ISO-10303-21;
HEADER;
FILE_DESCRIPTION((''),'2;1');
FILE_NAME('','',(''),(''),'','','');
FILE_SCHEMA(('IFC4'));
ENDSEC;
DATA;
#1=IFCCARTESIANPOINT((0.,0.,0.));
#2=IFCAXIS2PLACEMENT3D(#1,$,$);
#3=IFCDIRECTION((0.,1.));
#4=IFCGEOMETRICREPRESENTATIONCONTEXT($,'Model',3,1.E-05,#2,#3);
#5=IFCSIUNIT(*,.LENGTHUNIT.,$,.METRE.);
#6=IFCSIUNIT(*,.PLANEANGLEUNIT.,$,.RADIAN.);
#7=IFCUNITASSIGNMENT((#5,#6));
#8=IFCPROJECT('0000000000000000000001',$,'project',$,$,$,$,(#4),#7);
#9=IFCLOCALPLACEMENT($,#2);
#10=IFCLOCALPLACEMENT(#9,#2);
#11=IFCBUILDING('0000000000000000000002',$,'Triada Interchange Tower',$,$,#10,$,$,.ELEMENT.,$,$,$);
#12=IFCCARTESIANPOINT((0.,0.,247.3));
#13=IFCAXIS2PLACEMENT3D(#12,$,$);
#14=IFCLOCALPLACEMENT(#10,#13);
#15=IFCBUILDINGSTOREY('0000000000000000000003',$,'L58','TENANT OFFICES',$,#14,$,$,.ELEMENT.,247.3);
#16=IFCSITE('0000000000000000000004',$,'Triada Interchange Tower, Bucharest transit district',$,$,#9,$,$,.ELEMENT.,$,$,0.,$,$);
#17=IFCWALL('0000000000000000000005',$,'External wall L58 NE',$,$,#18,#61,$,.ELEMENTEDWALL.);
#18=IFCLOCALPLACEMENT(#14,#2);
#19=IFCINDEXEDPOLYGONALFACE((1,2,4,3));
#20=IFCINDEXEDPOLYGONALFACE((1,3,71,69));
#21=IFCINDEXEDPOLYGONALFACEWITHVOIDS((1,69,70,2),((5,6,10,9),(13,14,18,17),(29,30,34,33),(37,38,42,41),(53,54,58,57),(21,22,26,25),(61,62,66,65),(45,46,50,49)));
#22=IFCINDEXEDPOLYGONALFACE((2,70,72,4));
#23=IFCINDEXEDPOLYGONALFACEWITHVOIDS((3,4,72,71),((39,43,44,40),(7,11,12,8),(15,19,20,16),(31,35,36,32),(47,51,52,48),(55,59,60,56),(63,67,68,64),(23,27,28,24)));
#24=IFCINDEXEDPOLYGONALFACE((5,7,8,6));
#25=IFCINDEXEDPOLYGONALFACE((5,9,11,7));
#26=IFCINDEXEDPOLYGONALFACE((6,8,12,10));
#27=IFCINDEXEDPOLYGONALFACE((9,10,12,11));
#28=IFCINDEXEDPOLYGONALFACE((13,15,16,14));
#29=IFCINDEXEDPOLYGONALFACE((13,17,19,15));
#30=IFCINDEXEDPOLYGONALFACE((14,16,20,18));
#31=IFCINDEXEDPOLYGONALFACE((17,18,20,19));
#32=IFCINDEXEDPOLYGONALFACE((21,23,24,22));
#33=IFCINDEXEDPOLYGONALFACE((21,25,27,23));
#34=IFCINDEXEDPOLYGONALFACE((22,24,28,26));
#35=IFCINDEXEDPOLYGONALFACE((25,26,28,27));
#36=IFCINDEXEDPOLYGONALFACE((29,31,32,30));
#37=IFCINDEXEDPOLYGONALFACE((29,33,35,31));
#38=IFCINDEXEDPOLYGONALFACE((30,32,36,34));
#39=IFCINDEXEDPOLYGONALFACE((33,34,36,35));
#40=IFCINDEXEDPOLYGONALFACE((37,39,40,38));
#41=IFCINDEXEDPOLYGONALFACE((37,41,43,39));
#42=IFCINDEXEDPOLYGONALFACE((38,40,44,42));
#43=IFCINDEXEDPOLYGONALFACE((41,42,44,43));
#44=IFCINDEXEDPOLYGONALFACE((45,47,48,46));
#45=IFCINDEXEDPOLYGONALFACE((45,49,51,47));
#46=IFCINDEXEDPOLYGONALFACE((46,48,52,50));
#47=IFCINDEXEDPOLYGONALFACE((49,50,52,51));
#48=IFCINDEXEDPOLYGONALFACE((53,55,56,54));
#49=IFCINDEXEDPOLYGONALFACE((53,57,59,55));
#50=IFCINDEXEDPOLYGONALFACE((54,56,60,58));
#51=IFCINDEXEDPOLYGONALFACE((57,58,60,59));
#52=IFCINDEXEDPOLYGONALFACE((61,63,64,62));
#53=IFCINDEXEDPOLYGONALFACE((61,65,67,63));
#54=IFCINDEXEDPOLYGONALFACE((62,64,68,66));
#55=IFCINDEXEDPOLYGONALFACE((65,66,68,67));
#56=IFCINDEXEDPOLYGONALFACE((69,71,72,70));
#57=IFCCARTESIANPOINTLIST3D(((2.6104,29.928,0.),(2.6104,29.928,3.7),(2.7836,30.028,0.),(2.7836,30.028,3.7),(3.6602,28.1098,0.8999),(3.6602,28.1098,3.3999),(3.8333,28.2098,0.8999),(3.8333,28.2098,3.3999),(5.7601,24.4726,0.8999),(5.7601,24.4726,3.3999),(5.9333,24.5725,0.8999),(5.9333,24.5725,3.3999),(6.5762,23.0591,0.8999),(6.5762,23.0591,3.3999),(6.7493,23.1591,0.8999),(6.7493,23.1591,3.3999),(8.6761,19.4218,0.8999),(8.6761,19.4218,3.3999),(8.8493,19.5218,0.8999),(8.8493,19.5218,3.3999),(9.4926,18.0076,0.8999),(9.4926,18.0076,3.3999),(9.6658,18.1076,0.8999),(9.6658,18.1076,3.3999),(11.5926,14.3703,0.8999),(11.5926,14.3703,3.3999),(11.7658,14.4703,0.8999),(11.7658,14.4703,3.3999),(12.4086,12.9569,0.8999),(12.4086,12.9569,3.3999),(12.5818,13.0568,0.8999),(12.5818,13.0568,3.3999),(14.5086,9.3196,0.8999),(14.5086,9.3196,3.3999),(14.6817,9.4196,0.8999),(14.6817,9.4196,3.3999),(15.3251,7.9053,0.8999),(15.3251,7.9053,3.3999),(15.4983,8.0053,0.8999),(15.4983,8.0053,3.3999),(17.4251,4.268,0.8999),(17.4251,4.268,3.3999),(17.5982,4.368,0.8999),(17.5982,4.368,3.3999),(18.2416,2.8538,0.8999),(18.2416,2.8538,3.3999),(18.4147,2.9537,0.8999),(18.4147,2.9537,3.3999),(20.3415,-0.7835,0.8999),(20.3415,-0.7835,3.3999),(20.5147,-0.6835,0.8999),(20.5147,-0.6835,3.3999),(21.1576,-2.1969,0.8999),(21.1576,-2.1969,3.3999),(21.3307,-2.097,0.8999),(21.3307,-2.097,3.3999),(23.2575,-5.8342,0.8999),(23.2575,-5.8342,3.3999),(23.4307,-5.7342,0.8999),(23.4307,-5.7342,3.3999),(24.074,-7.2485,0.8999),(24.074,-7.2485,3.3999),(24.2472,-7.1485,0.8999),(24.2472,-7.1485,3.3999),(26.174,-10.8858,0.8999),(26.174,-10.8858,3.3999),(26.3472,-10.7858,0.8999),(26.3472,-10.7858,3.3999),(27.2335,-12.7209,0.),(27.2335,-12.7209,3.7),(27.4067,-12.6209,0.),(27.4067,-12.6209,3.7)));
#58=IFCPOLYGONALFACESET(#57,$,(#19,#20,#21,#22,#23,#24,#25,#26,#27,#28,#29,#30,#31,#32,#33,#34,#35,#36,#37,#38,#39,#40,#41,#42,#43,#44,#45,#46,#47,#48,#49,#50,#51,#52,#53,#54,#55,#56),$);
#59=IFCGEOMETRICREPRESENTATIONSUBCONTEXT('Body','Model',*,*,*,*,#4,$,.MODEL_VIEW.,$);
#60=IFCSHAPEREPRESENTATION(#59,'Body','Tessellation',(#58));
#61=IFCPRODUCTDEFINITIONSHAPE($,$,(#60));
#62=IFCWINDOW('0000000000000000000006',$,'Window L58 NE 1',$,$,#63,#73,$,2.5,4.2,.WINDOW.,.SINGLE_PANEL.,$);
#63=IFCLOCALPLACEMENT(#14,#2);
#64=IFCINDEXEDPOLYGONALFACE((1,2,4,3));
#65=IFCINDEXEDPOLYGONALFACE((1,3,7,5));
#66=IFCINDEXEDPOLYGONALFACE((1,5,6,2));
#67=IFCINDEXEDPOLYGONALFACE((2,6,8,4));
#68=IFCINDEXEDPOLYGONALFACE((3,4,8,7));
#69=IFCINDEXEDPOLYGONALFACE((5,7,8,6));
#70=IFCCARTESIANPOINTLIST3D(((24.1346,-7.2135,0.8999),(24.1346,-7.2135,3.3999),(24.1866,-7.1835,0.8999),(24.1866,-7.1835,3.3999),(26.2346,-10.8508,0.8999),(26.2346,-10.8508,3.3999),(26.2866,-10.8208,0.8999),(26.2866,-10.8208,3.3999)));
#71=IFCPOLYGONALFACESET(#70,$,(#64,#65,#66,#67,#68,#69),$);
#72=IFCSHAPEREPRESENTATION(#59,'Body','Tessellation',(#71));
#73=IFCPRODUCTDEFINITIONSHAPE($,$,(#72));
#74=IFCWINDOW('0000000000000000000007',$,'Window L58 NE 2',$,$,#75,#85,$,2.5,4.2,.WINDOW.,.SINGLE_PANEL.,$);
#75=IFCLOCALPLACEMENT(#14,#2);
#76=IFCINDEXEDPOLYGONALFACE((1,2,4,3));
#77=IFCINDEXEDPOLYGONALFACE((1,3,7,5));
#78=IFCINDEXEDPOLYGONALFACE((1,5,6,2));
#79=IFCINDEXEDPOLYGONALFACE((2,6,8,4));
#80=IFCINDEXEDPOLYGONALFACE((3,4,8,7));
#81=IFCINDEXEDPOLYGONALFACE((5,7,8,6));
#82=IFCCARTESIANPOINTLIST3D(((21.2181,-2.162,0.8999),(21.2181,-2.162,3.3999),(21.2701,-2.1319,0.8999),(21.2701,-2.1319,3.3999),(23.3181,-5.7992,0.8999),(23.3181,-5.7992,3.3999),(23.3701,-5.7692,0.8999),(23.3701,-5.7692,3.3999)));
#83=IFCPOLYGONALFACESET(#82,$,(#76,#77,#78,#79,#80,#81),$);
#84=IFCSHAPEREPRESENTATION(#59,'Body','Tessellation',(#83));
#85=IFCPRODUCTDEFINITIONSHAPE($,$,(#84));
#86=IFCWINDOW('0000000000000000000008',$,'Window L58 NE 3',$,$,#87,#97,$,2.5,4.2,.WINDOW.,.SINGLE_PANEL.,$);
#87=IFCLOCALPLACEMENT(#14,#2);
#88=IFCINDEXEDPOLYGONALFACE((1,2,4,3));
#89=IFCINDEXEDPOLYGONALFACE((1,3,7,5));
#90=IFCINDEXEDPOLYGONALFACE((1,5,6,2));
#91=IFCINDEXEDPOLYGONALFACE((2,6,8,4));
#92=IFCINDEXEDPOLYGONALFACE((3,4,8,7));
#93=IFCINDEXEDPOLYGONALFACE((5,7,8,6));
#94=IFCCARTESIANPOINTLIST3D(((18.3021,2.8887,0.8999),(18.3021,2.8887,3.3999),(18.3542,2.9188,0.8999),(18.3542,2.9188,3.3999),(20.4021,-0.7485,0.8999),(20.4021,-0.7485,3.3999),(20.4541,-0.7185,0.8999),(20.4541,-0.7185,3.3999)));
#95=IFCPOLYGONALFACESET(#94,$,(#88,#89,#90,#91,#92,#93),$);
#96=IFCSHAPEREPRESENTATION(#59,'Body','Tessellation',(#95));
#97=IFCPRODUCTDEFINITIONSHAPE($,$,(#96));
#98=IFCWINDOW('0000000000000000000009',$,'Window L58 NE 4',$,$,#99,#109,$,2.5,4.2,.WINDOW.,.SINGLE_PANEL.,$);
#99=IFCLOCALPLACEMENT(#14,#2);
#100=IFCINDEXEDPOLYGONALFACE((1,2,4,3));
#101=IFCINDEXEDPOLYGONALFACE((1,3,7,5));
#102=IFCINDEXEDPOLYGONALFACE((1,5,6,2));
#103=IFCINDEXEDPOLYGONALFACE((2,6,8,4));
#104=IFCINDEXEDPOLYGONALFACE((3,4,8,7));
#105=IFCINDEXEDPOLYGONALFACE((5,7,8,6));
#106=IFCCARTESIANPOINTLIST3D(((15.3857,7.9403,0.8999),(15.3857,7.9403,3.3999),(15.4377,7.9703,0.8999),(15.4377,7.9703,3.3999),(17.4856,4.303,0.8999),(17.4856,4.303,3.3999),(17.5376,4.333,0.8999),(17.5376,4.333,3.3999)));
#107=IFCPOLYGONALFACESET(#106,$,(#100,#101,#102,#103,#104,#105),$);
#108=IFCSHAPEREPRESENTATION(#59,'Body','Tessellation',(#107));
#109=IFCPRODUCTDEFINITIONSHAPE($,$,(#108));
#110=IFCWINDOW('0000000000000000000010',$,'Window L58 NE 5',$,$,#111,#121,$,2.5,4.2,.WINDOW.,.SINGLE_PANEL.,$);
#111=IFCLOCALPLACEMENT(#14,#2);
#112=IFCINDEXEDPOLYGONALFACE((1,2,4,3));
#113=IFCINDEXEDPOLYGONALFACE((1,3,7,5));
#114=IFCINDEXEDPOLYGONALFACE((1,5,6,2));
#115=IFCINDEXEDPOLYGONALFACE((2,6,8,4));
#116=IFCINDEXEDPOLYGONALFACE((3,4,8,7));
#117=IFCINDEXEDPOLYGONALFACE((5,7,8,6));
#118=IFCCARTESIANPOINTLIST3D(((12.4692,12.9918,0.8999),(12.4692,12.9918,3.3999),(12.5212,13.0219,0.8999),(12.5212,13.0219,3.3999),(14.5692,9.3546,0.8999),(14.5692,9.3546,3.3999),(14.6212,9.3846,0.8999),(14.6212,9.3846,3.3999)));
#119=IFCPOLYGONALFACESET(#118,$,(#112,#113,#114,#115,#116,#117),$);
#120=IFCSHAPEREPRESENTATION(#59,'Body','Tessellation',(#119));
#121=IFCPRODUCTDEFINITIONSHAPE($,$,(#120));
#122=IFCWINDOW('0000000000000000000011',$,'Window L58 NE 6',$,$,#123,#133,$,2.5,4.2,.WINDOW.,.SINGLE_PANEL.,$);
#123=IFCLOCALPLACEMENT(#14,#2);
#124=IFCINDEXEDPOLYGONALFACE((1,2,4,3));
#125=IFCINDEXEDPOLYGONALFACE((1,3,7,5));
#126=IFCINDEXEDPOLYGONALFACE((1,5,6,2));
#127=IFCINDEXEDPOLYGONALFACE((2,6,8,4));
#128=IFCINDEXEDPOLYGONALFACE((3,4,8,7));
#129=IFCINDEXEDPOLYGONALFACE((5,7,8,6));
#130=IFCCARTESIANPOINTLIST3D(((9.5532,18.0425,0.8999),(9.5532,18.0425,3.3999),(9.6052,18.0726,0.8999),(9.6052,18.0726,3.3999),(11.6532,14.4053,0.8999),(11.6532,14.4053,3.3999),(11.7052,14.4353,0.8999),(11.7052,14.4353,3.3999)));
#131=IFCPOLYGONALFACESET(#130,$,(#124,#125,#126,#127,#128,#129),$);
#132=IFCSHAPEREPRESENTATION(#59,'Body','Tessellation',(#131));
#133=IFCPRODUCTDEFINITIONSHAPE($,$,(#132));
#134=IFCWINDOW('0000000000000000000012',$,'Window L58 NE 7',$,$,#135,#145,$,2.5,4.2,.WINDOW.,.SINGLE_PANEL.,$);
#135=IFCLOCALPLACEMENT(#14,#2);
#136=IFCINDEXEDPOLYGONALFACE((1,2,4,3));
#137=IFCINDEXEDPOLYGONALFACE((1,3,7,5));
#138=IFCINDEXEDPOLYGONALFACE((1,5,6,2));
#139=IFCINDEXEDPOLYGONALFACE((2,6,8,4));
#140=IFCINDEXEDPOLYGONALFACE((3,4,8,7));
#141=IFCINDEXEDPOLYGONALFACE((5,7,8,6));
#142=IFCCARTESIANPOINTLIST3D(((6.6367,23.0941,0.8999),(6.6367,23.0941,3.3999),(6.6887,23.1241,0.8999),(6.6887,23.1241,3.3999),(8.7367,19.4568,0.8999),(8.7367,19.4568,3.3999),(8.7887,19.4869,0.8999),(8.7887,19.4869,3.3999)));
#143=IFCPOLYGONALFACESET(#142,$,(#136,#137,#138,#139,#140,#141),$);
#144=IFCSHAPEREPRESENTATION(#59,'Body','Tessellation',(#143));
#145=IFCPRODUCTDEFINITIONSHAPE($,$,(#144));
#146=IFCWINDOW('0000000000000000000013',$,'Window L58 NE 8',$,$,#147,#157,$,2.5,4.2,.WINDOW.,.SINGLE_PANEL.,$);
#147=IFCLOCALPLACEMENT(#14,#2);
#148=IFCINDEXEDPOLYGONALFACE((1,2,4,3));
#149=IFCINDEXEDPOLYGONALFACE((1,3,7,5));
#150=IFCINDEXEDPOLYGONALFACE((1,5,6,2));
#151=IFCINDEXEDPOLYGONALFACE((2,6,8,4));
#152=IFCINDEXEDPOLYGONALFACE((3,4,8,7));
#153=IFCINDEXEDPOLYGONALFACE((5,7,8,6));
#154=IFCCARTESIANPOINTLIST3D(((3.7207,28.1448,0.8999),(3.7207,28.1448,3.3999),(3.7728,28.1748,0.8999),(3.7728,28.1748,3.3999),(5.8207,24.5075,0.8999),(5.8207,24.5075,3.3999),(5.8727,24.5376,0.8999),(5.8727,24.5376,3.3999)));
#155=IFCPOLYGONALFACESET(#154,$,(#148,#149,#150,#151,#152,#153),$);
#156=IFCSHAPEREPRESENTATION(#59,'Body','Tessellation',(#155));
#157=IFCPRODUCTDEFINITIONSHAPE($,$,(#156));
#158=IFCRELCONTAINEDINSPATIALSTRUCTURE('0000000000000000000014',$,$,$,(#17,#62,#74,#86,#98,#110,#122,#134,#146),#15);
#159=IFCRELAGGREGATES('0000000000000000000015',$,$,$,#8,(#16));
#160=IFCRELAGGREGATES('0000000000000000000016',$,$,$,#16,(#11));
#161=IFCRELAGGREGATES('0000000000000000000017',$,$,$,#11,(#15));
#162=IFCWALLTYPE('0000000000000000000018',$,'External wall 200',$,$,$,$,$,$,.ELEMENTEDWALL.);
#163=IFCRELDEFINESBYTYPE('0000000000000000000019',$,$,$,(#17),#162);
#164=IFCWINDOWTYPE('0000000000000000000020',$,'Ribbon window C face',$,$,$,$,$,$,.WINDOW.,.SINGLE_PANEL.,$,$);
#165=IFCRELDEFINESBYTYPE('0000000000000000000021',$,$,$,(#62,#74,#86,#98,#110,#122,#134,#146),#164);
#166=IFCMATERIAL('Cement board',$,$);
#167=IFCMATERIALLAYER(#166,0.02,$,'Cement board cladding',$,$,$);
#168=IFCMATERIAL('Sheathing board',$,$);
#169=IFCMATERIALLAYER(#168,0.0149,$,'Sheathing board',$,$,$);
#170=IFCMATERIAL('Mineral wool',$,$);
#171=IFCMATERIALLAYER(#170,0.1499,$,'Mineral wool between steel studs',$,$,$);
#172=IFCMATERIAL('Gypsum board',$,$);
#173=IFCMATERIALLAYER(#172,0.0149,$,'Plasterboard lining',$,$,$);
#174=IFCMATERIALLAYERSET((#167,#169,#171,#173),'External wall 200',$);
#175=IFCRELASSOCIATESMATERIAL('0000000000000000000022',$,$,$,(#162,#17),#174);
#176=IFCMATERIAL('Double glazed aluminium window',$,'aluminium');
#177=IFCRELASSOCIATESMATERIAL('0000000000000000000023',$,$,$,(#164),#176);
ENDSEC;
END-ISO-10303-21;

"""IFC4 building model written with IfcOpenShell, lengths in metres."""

from ifc_helpers import new_model, si_unit, direction, frame, frame_2d, origin, place, context, subcontext, project, spatial, rectangle, extrude, material, layer, layer_set, layer_usage, type_object, element, fill, save


model = new_model("IFC4")

# Units and contexts
model_context = context("Model", 3, precision=1e-05, world=origin(), true_north=direction((0.0, 1.0)))
body_context = subcontext(model_context, "Body", "Model", "MODEL_VIEW")
ifc_project = project(units=[si_unit("LENGTHUNIT", "METRE"), si_unit("PLANEANGLEUNIT", "RADIAN")], contexts=[model_context])

# Site, building, storey
site_placement = place(None, origin())
site = spatial("IfcSite", under=ifc_project, at=site_placement, Name="Triada Interchange Tower, Bucharest transit district", CompositionType="ELEMENT", RefElevation=0.0)
building_placement = place(site_placement, origin())
building = spatial("IfcBuilding", under=site, at=building_placement, Name="Triada Interchange Tower", CompositionType="ELEMENT")
storey_placement = place(building_placement, frame((0.0, 0.0, 247.3)))
storey = spatial("IfcBuildingStorey", under=building, at=storey_placement, Name="L58", Description="TENANT OFFICES", CompositionType="ELEMENT", Elevation=247.3)

# Shared definitions
ifc_material_1 = material(Name="Cement board")
ifc_layer_1 = layer(ifc_material_1, 0.02, Name="Cement board cladding")
ifc_material_2 = material(Name="Sheathing board")
ifc_layer_2 = layer(ifc_material_2, 0.0149, Name="Sheathing board")
ifc_material_3 = material(Name="Mineral wool")
ifc_layer_3 = layer(ifc_material_3, 0.1499, Name="Mineral wool between steel studs")
ifc_material_4 = material(Name="Gypsum board")
ifc_layer_4 = layer(ifc_material_4, 0.0149, Name="Plasterboard lining")
ifc_layer_set_1 = layer_set([ifc_layer_1, ifc_layer_2, ifc_layer_3, ifc_layer_4], Name="External wall 200")
ifc_layer_usage = layer_usage(ifc_layer_set_1, "AXIS2", "POSITIVE", -0.1001)
wall_type_1 = type_object("IfcWallType", Name="External wall 200", PredefinedType="ELEMENTEDWALL", material=ifc_layer_set_1)
ifc_material_5 = material(Name="Double glazed aluminium window", Category="aluminium")

# Wall, openings, windows
wall_1_placement = place(storey_placement, frame((27.3201, -12.6709, 0.0), z_axis=(0.0, 0.0, 1.0), x_axis=(-0.499995, 0.866028, 0.0)))
wall_1 = element("IfcWall", 1, at=wall_1_placement, inside=storey, type_object=wall_type_1, material=ifc_layer_usage, Name="External wall L58 NE", PredefinedType="ELEMENTEDWALL", context=body_context, shape_type="SweptSolid", body=[
    extrude(rectangle(XDim=49.2466, YDim=0.2, at=frame_2d((24.6233, 0.0))), origin(), (0.0, 0.0, 1.0), 3.7),
])
opening_1_placement = place(wall_1_placement, frame((2.1189, 0.0, 0.8999)))
opening_1 = element("IfcOpeningElement", 2, at=opening_1_placement, cuts=wall_1, PredefinedType="OPENING", context=body_context, shape_type="SweptSolid", body=[
    extrude(rectangle(XDim=4.2, YDim=2.5, at=frame_2d((2.1001, 1.25))), frame((0.0, 0.1099, 0.0), z_axis=(0.0, -1.0, 0.0), x_axis=(1.0, 0.0, 0.0)), (0.0, 0.0, 1.0), 0.22),
])
opening_2_placement = place(wall_1_placement, frame((7.9519, 0.0, 0.8999)))
opening_2 = element("IfcOpeningElement", 3, at=opening_2_placement, cuts=wall_1, PredefinedType="OPENING", context=body_context, shape_type="SweptSolid", body=[
    extrude(rectangle(XDim=4.2, YDim=2.5, at=frame_2d((2.1001, 1.25))), frame((0.0, 0.1099, 0.0), z_axis=(0.0, -1.0, 0.0), x_axis=(1.0, 0.0, 0.0)), (0.0, 0.0, 1.0), 0.22),
])
opening_3_placement = place(wall_1_placement, frame((13.7839, 0.0, 0.8999)))
opening_3 = element("IfcOpeningElement", 4, at=opening_3_placement, cuts=wall_1, PredefinedType="OPENING", context=body_context, shape_type="SweptSolid", body=[
    extrude(rectangle(XDim=4.2, YDim=2.5, at=frame_2d((2.1001, 1.25))), frame((0.0, 0.1099, 0.0), z_axis=(0.0, -1.0, 0.0), x_axis=(1.0, 0.0, 0.0)), (0.0, 0.0, 1.0), 0.22),
])
opening_4_placement = place(wall_1_placement, frame((19.6169, 0.0, 0.8999)))
opening_4 = element("IfcOpeningElement", 5, at=opening_4_placement, cuts=wall_1, PredefinedType="OPENING", context=body_context, shape_type="SweptSolid", body=[
    extrude(rectangle(XDim=4.2, YDim=2.5, at=frame_2d((2.1001, 1.25))), frame((0.0, 0.1099, 0.0), z_axis=(0.0, -1.0, 0.0), x_axis=(1.0, 0.0, 0.0)), (0.0, 0.0, 1.0), 0.22),
])
opening_5_placement = place(wall_1_placement, frame((25.45, 0.0, 0.8999)))
opening_5 = element("IfcOpeningElement", 6, at=opening_5_placement, cuts=wall_1, PredefinedType="OPENING", context=body_context, shape_type="SweptSolid", body=[
    extrude(rectangle(XDim=4.2, YDim=2.5, at=frame_2d((2.1001, 1.25))), frame((0.0, 0.1099, 0.0), z_axis=(0.0, -1.0, 0.0), x_axis=(1.0, 0.0, 0.0)), (0.0, 0.0, 1.0), 0.22),
])
opening_6_placement = place(wall_1_placement, frame((31.282, 0.0, 0.8999)))
opening_6 = element("IfcOpeningElement", 7, at=opening_6_placement, cuts=wall_1, PredefinedType="OPENING", context=body_context, shape_type="SweptSolid", body=[
    extrude(rectangle(XDim=4.2, YDim=2.5, at=frame_2d((2.1001, 1.25))), frame((0.0, 0.1099, 0.0), z_axis=(0.0, -1.0, 0.0), x_axis=(1.0, 0.0, 0.0)), (0.0, 0.0, 1.0), 0.22),
])
opening_7_placement = place(wall_1_placement, frame((37.115, 0.0, 0.8999)))
opening_7 = element("IfcOpeningElement", 8, at=opening_7_placement, cuts=wall_1, PredefinedType="OPENING", context=body_context, shape_type="SweptSolid", body=[
    extrude(rectangle(XDim=4.2, YDim=2.5, at=frame_2d((2.1001, 1.25))), frame((0.0, 0.1099, 0.0), z_axis=(0.0, -1.0, 0.0), x_axis=(1.0, 0.0, 0.0)), (0.0, 0.0, 1.0), 0.22),
])
opening_8_placement = place(wall_1_placement, frame((42.947, 0.0, 0.8999)))
opening_8 = element("IfcOpeningElement", 9, at=opening_8_placement, cuts=wall_1, PredefinedType="OPENING", context=body_context, shape_type="SweptSolid", body=[
    extrude(rectangle(XDim=4.2, YDim=2.5, at=frame_2d((2.1001, 1.25))), frame((0.0, 0.1099, 0.0), z_axis=(0.0, -1.0, 0.0), x_axis=(1.0, 0.0, 0.0)), (0.0, 0.0, 1.0), 0.22),
])
window_type_1 = type_object("IfcWindowType", Name="Ribbon window C face", PartitioningType="SINGLE_PANEL", PredefinedType="WINDOW", material=ifc_material_5)
window_1_placement = place(opening_1_placement, origin())
window_1 = element("IfcWindow", 10, at=window_1_placement, inside=storey, type_object=window_type_1, Name="Window L58 NE 1", OverallHeight=2.5, OverallWidth=4.2, PartitioningType="SINGLE_PANEL", PredefinedType="WINDOW", context=body_context, shape_type="SweptSolid", body=[
    extrude(rectangle(XDim=4.2, YDim=2.5, at=frame_2d((2.1001, 1.25))), frame((0.0, 0.03, 0.0), z_axis=(0.0, -1.0, 0.0), x_axis=(1.0, 0.0, 0.0)), (0.0, 0.0, 1.0), 0.0601),
])
fill(opening_1, window_1)
window_2_placement = place(opening_2_placement, origin())
window_2 = element("IfcWindow", 11, at=window_2_placement, inside=storey, type_object=window_type_1, Name="Window L58 NE 2", OverallHeight=2.5, OverallWidth=4.2, PartitioningType="SINGLE_PANEL", PredefinedType="WINDOW", context=body_context, shape_type="SweptSolid", body=[
    extrude(rectangle(XDim=4.2, YDim=2.5, at=frame_2d((2.1001, 1.25))), frame((0.0, 0.03, 0.0), z_axis=(0.0, -1.0, 0.0), x_axis=(1.0, 0.0, 0.0)), (0.0, 0.0, 1.0), 0.0601),
])
fill(opening_2, window_2)
window_3_placement = place(opening_3_placement, origin())
window_3 = element("IfcWindow", 12, at=window_3_placement, inside=storey, type_object=window_type_1, Name="Window L58 NE 3", OverallHeight=2.5, OverallWidth=4.2, PartitioningType="SINGLE_PANEL", PredefinedType="WINDOW", context=body_context, shape_type="SweptSolid", body=[
    extrude(rectangle(XDim=4.2, YDim=2.5, at=frame_2d((2.1001, 1.25))), frame((0.0, 0.03, 0.0), z_axis=(0.0, -1.0, 0.0), x_axis=(1.0, 0.0, 0.0)), (0.0, 0.0, 1.0), 0.0601),
])
fill(opening_3, window_3)
window_4_placement = place(opening_4_placement, origin())
window_4 = element("IfcWindow", 13, at=window_4_placement, inside=storey, type_object=window_type_1, Name="Window L58 NE 4", OverallHeight=2.5, OverallWidth=4.2, PartitioningType="SINGLE_PANEL", PredefinedType="WINDOW", context=body_context, shape_type="SweptSolid", body=[
    extrude(rectangle(XDim=4.2, YDim=2.5, at=frame_2d((2.1001, 1.25))), frame((0.0, 0.03, 0.0), z_axis=(0.0, -1.0, 0.0), x_axis=(1.0, 0.0, 0.0)), (0.0, 0.0, 1.0), 0.0601),
])
fill(opening_4, window_4)
window_5_placement = place(opening_5_placement, origin())
window_5 = element("IfcWindow", 14, at=window_5_placement, inside=storey, type_object=window_type_1, Name="Window L58 NE 5", OverallHeight=2.5, OverallWidth=4.2, PartitioningType="SINGLE_PANEL", PredefinedType="WINDOW", context=body_context, shape_type="SweptSolid", body=[
    extrude(rectangle(XDim=4.2, YDim=2.5, at=frame_2d((2.1001, 1.25))), frame((0.0, 0.03, 0.0), z_axis=(0.0, -1.0, 0.0), x_axis=(1.0, 0.0, 0.0)), (0.0, 0.0, 1.0), 0.0601),
])
fill(opening_5, window_5)
window_6_placement = place(opening_6_placement, origin())
window_6 = element("IfcWindow", 15, at=window_6_placement, inside=storey, type_object=window_type_1, Name="Window L58 NE 6", OverallHeight=2.5, OverallWidth=4.2, PartitioningType="SINGLE_PANEL", PredefinedType="WINDOW", context=body_context, shape_type="SweptSolid", body=[
    extrude(rectangle(XDim=4.2, YDim=2.5, at=frame_2d((2.1001, 1.25))), frame((0.0, 0.03, 0.0), z_axis=(0.0, -1.0, 0.0), x_axis=(1.0, 0.0, 0.0)), (0.0, 0.0, 1.0), 0.0601),
])
fill(opening_6, window_6)
window_7_placement = place(opening_7_placement, origin())
window_7 = element("IfcWindow", 16, at=window_7_placement, inside=storey, type_object=window_type_1, Name="Window L58 NE 7", OverallHeight=2.5, OverallWidth=4.2, PartitioningType="SINGLE_PANEL", PredefinedType="WINDOW", context=body_context, shape_type="SweptSolid", body=[
    extrude(rectangle(XDim=4.2, YDim=2.5, at=frame_2d((2.1001, 1.25))), frame((0.0, 0.03, 0.0), z_axis=(0.0, -1.0, 0.0), x_axis=(1.0, 0.0, 0.0)), (0.0, 0.0, 1.0), 0.0601),
])
fill(opening_7, window_7)
window_8_placement = place(opening_8_placement, origin())
window_8 = element("IfcWindow", 17, at=window_8_placement, inside=storey, type_object=window_type_1, Name="Window L58 NE 8", OverallHeight=2.5, OverallWidth=4.2, PartitioningType="SINGLE_PANEL", PredefinedType="WINDOW", context=body_context, shape_type="SweptSolid", body=[
    extrude(rectangle(XDim=4.2, YDim=2.5, at=frame_2d((2.1001, 1.25))), frame((0.0, 0.03, 0.0), z_axis=(0.0, -1.0, 0.0), x_axis=(1.0, 0.0, 0.0)), (0.0, 0.0, 1.0), 0.0601),
])
fill(opening_8, window_8)

save(model, "model.ifc")
